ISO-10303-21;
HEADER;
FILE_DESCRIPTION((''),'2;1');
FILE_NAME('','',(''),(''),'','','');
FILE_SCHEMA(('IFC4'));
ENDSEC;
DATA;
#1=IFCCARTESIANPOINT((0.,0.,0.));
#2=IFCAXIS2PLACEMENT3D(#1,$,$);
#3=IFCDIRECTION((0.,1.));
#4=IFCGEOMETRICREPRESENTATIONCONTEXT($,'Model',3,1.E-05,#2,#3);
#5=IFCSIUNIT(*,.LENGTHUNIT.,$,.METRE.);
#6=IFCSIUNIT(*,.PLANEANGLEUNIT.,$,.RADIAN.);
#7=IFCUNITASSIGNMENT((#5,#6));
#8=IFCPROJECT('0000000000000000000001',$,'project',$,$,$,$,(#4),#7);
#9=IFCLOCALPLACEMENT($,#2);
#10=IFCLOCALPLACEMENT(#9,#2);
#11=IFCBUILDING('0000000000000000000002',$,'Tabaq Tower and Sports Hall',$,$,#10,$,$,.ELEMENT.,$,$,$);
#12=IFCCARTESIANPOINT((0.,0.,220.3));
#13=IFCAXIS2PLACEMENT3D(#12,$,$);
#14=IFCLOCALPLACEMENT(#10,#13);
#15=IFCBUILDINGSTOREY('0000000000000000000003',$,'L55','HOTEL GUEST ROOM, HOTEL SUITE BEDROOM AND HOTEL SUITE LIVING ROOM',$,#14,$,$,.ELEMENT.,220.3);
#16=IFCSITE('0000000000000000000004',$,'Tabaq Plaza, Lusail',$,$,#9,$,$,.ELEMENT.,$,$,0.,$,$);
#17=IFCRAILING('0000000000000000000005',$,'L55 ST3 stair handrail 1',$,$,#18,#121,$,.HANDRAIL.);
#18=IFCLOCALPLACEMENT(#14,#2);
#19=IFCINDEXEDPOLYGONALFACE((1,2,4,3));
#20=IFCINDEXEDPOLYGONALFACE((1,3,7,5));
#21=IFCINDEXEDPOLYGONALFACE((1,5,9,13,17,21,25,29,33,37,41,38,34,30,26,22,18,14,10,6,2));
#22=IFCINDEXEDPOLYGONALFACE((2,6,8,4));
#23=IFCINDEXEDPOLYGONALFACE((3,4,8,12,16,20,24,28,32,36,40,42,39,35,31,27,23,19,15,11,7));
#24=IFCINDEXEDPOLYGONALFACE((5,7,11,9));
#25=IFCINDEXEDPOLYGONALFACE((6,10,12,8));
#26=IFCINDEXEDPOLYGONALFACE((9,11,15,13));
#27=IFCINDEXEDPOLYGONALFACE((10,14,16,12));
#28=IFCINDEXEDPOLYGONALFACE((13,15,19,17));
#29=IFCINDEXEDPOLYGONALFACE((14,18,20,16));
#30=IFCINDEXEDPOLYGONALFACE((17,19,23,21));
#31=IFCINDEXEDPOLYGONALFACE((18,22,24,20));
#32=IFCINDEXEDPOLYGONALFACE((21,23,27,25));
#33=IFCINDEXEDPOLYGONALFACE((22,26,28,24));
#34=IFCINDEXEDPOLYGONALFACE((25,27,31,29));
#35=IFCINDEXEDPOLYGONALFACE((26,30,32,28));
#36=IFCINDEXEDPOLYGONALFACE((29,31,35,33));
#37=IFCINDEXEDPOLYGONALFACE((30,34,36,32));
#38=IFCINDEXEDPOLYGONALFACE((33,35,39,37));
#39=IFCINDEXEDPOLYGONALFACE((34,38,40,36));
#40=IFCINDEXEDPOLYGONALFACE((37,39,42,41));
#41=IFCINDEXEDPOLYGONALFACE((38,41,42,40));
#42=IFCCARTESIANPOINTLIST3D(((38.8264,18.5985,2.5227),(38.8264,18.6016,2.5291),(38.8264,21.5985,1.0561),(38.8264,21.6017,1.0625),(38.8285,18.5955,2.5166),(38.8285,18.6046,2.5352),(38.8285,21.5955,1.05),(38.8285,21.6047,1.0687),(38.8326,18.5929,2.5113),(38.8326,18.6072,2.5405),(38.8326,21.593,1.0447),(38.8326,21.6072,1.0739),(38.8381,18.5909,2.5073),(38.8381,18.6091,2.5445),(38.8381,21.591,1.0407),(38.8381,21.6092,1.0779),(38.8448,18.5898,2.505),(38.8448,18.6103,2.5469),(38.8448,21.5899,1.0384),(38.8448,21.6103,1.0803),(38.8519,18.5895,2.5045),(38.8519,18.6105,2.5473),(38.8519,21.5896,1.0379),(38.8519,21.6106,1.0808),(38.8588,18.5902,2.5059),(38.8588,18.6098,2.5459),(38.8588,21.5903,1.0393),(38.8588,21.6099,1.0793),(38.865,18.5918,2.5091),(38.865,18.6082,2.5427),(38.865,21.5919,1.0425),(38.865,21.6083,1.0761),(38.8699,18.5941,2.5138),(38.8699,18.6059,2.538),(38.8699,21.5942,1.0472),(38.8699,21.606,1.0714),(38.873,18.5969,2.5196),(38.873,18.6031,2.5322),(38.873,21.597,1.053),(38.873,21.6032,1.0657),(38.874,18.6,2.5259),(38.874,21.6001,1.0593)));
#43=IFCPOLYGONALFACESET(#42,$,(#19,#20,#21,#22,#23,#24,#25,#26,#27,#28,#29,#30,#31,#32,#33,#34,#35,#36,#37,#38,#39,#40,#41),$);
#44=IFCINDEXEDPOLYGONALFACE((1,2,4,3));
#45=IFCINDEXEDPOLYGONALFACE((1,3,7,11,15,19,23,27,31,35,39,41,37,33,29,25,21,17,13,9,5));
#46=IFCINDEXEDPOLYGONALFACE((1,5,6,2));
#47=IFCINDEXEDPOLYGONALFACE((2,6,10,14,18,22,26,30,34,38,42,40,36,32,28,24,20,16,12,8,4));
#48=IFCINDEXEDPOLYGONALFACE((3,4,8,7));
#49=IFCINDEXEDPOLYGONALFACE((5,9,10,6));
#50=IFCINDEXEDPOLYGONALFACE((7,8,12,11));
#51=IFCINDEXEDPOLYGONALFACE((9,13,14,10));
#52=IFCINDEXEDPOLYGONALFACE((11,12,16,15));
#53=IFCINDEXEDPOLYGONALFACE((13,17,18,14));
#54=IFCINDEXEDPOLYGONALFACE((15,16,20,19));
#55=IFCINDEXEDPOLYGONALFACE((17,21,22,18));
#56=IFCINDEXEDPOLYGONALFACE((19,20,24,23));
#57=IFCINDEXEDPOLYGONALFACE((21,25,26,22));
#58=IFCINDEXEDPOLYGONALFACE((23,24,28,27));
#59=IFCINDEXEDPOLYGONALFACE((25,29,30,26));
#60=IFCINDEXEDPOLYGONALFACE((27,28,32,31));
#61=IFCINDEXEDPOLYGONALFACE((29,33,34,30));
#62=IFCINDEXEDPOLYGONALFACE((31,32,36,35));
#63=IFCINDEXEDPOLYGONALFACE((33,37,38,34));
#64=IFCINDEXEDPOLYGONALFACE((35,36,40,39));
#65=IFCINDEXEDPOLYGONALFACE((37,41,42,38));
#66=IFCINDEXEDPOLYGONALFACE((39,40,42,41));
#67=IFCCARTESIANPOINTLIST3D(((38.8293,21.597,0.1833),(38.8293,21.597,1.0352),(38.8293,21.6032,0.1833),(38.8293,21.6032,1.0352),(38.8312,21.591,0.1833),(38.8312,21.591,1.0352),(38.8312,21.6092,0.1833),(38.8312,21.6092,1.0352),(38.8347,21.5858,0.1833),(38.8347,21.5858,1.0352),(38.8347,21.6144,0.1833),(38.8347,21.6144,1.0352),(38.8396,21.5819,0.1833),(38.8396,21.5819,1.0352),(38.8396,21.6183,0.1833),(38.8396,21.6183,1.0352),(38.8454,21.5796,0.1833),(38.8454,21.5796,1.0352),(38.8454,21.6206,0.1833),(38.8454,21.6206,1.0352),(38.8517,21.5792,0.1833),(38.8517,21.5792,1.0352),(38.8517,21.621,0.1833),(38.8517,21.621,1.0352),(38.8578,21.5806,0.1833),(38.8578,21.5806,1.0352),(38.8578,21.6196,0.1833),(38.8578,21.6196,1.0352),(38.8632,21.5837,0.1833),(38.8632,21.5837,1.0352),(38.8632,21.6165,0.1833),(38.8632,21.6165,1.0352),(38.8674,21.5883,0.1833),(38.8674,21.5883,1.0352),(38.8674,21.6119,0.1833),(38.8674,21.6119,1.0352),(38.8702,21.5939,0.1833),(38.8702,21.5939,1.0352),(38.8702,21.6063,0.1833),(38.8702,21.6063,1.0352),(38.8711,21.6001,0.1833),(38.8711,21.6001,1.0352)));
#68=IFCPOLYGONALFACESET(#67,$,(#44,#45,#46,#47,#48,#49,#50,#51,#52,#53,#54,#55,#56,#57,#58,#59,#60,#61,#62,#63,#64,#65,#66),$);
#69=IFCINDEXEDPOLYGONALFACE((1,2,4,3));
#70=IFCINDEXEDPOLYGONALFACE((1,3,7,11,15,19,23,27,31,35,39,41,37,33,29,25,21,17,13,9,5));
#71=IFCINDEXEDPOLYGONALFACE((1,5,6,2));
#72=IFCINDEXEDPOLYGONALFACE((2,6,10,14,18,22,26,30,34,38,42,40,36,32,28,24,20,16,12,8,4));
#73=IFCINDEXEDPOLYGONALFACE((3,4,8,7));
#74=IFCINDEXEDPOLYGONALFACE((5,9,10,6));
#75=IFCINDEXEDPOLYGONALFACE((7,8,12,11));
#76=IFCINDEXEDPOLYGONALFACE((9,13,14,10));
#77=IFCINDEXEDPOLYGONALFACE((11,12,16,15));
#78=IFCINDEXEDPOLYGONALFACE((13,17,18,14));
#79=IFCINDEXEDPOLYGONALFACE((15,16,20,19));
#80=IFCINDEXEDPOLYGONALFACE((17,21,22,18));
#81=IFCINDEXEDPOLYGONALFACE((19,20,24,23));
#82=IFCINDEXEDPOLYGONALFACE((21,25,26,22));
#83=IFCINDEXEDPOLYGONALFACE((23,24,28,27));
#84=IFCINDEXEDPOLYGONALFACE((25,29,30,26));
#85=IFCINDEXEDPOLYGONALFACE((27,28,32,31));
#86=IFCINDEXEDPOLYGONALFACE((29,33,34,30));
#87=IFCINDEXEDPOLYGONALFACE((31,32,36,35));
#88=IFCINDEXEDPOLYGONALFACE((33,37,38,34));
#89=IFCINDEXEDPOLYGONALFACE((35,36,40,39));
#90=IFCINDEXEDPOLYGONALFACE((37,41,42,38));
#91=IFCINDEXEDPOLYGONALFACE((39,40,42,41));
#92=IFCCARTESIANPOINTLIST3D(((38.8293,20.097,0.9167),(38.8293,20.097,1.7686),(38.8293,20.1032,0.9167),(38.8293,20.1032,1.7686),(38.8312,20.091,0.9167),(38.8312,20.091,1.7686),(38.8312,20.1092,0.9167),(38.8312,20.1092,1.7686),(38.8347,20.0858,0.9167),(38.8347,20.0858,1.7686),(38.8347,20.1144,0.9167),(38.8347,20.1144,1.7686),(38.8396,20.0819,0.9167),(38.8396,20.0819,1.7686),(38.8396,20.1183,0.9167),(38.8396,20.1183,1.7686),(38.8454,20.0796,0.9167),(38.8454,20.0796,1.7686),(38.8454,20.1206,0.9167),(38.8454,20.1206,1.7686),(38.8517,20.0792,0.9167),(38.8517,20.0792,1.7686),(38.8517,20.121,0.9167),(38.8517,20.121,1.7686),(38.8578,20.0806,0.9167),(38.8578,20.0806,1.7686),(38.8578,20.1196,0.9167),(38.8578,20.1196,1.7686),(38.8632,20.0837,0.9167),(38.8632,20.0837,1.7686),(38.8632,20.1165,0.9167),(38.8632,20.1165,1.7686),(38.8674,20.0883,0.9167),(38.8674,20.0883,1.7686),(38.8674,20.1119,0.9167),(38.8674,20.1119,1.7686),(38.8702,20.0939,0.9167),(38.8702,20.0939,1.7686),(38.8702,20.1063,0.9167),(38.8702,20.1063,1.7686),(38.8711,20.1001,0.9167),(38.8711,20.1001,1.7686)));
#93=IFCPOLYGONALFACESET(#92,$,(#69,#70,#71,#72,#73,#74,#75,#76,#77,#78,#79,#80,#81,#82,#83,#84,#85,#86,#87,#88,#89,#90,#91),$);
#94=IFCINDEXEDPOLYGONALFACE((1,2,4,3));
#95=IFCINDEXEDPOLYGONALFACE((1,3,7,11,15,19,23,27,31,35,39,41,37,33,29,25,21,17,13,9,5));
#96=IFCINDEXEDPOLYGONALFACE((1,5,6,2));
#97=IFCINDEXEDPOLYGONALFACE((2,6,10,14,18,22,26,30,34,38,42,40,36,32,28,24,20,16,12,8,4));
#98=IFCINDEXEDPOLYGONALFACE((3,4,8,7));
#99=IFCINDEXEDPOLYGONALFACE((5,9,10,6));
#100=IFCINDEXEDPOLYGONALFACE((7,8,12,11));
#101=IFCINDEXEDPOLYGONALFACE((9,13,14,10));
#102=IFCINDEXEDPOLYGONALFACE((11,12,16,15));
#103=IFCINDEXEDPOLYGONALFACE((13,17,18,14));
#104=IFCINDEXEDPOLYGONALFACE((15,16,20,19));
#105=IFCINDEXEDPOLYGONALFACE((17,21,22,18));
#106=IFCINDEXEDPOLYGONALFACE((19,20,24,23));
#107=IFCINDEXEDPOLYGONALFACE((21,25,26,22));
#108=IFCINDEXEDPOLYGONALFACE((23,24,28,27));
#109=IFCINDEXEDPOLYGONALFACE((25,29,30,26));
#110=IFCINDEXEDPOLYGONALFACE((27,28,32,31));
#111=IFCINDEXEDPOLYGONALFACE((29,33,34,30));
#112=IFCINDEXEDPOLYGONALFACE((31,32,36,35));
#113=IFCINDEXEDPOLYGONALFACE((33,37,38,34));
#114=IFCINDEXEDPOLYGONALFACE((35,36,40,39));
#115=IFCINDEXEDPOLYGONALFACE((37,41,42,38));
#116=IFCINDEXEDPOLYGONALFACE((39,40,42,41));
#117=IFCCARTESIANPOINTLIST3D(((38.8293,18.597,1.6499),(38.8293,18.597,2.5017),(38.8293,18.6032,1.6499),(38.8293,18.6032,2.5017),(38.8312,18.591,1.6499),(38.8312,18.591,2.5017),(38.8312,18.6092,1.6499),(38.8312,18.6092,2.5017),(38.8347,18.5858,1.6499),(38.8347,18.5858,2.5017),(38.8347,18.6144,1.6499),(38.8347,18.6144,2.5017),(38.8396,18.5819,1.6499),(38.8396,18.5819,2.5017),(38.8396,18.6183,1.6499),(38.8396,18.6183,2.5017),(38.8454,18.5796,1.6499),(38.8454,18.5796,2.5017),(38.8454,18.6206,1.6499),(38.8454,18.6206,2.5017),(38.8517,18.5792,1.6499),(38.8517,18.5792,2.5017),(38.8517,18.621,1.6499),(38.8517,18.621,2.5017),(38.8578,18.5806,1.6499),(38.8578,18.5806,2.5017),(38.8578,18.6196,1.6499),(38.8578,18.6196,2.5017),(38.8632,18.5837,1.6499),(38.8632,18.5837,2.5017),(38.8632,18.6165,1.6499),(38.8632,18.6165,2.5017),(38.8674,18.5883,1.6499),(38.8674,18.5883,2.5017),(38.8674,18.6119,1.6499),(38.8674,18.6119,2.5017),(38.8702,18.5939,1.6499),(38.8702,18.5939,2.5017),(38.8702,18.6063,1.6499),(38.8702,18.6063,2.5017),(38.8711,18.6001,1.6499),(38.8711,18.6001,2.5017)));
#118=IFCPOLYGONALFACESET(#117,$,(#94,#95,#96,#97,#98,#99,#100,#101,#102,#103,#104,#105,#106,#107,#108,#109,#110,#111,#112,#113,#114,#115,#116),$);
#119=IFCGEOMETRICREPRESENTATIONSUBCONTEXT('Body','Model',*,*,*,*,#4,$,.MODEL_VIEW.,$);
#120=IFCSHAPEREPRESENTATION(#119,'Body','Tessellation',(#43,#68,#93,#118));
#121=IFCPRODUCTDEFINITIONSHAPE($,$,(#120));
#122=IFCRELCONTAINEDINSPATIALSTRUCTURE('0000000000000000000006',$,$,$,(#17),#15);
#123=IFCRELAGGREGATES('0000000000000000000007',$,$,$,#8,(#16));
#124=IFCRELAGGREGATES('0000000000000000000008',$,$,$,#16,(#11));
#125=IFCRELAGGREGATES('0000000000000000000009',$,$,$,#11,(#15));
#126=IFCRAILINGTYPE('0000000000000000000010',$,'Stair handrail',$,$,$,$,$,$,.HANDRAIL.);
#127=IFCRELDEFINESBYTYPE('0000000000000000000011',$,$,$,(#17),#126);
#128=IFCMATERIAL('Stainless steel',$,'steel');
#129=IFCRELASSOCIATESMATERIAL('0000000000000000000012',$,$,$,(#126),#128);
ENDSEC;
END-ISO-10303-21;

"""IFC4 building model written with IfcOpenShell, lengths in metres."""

from ifc_helpers import new_model, si_unit, direction, frame, origin, origin_2d, place, context, subcontext, project, spatial, circle, extrude, material, type_object, element, save


model = new_model("IFC4")

# Units and contexts
model_context = context("Model", 3, precision=1e-05, world=origin(), true_north=direction((0.0, 1.0)))
body_context = subcontext(model_context, "Body", "Model", "MODEL_VIEW")
ifc_project = project(units=[si_unit("LENGTHUNIT", "METRE"), si_unit("PLANEANGLEUNIT", "RADIAN")], contexts=[model_context])

# Site, building, storey
site_placement = place(None, origin())
site = spatial("IfcSite", under=ifc_project, at=site_placement, Name="Tabaq Plaza, Lusail", CompositionType="ELEMENT", RefElevation=0.0)
building_placement = place(site_placement, origin())
building = spatial("IfcBuilding", under=site, at=building_placement, Name="Tabaq Tower and Sports Hall", CompositionType="ELEMENT")
storey_placement = place(building_placement, frame((0.0, 0.0, 220.3)))
storey = spatial("IfcBuildingStorey", under=building, at=storey_placement, Name="L55", Description="HOTEL GUEST ROOM, HOTEL SUITE BEDROOM AND HOTEL SUITE LIVING ROOM", CompositionType="ELEMENT", Elevation=220.3)

# Railing
ifc_material_1 = material(Name="Stainless steel", Category="steel")
railing_type_1 = type_object("IfcRailingType", Name="Stair handrail", PredefinedType="HANDRAIL", material=ifc_material_1)
railing_1_placement = place(storey_placement, frame((38.8501, 21.6001, 0.1833)))
element("IfcRailing", 1, at=railing_1_placement, inside=storey, type_object=railing_type_1, Name="L55 ST3 stair handrail 1", PredefinedType="HANDRAIL", context=body_context, shape_type="SweptSolid", body=[
    extrude(circle(Radius=0.0239, at=origin_2d()), frame((0.0, 0.0, 0.876), z_axis=(0.0, -0.898398, 0.439183), x_axis=(1.0, 0.0, 0.0)), (0.0, 0.0, 1.0), 3.3394),
    extrude(circle(Radius=0.021, at=origin_2d()), origin(), (0.0, 0.0, 1.0), 0.8518),
    extrude(circle(Radius=0.021, at=origin_2d()), frame((0.0, -1.5, 0.7334)), (0.0, 0.0, 1.0), 0.8518),
    extrude(circle(Radius=0.021, at=origin_2d()), frame((0.0, -3.0, 1.4666)), (0.0, 0.0, 1.0), 0.8518),
])

save(model, "model.ifc")
